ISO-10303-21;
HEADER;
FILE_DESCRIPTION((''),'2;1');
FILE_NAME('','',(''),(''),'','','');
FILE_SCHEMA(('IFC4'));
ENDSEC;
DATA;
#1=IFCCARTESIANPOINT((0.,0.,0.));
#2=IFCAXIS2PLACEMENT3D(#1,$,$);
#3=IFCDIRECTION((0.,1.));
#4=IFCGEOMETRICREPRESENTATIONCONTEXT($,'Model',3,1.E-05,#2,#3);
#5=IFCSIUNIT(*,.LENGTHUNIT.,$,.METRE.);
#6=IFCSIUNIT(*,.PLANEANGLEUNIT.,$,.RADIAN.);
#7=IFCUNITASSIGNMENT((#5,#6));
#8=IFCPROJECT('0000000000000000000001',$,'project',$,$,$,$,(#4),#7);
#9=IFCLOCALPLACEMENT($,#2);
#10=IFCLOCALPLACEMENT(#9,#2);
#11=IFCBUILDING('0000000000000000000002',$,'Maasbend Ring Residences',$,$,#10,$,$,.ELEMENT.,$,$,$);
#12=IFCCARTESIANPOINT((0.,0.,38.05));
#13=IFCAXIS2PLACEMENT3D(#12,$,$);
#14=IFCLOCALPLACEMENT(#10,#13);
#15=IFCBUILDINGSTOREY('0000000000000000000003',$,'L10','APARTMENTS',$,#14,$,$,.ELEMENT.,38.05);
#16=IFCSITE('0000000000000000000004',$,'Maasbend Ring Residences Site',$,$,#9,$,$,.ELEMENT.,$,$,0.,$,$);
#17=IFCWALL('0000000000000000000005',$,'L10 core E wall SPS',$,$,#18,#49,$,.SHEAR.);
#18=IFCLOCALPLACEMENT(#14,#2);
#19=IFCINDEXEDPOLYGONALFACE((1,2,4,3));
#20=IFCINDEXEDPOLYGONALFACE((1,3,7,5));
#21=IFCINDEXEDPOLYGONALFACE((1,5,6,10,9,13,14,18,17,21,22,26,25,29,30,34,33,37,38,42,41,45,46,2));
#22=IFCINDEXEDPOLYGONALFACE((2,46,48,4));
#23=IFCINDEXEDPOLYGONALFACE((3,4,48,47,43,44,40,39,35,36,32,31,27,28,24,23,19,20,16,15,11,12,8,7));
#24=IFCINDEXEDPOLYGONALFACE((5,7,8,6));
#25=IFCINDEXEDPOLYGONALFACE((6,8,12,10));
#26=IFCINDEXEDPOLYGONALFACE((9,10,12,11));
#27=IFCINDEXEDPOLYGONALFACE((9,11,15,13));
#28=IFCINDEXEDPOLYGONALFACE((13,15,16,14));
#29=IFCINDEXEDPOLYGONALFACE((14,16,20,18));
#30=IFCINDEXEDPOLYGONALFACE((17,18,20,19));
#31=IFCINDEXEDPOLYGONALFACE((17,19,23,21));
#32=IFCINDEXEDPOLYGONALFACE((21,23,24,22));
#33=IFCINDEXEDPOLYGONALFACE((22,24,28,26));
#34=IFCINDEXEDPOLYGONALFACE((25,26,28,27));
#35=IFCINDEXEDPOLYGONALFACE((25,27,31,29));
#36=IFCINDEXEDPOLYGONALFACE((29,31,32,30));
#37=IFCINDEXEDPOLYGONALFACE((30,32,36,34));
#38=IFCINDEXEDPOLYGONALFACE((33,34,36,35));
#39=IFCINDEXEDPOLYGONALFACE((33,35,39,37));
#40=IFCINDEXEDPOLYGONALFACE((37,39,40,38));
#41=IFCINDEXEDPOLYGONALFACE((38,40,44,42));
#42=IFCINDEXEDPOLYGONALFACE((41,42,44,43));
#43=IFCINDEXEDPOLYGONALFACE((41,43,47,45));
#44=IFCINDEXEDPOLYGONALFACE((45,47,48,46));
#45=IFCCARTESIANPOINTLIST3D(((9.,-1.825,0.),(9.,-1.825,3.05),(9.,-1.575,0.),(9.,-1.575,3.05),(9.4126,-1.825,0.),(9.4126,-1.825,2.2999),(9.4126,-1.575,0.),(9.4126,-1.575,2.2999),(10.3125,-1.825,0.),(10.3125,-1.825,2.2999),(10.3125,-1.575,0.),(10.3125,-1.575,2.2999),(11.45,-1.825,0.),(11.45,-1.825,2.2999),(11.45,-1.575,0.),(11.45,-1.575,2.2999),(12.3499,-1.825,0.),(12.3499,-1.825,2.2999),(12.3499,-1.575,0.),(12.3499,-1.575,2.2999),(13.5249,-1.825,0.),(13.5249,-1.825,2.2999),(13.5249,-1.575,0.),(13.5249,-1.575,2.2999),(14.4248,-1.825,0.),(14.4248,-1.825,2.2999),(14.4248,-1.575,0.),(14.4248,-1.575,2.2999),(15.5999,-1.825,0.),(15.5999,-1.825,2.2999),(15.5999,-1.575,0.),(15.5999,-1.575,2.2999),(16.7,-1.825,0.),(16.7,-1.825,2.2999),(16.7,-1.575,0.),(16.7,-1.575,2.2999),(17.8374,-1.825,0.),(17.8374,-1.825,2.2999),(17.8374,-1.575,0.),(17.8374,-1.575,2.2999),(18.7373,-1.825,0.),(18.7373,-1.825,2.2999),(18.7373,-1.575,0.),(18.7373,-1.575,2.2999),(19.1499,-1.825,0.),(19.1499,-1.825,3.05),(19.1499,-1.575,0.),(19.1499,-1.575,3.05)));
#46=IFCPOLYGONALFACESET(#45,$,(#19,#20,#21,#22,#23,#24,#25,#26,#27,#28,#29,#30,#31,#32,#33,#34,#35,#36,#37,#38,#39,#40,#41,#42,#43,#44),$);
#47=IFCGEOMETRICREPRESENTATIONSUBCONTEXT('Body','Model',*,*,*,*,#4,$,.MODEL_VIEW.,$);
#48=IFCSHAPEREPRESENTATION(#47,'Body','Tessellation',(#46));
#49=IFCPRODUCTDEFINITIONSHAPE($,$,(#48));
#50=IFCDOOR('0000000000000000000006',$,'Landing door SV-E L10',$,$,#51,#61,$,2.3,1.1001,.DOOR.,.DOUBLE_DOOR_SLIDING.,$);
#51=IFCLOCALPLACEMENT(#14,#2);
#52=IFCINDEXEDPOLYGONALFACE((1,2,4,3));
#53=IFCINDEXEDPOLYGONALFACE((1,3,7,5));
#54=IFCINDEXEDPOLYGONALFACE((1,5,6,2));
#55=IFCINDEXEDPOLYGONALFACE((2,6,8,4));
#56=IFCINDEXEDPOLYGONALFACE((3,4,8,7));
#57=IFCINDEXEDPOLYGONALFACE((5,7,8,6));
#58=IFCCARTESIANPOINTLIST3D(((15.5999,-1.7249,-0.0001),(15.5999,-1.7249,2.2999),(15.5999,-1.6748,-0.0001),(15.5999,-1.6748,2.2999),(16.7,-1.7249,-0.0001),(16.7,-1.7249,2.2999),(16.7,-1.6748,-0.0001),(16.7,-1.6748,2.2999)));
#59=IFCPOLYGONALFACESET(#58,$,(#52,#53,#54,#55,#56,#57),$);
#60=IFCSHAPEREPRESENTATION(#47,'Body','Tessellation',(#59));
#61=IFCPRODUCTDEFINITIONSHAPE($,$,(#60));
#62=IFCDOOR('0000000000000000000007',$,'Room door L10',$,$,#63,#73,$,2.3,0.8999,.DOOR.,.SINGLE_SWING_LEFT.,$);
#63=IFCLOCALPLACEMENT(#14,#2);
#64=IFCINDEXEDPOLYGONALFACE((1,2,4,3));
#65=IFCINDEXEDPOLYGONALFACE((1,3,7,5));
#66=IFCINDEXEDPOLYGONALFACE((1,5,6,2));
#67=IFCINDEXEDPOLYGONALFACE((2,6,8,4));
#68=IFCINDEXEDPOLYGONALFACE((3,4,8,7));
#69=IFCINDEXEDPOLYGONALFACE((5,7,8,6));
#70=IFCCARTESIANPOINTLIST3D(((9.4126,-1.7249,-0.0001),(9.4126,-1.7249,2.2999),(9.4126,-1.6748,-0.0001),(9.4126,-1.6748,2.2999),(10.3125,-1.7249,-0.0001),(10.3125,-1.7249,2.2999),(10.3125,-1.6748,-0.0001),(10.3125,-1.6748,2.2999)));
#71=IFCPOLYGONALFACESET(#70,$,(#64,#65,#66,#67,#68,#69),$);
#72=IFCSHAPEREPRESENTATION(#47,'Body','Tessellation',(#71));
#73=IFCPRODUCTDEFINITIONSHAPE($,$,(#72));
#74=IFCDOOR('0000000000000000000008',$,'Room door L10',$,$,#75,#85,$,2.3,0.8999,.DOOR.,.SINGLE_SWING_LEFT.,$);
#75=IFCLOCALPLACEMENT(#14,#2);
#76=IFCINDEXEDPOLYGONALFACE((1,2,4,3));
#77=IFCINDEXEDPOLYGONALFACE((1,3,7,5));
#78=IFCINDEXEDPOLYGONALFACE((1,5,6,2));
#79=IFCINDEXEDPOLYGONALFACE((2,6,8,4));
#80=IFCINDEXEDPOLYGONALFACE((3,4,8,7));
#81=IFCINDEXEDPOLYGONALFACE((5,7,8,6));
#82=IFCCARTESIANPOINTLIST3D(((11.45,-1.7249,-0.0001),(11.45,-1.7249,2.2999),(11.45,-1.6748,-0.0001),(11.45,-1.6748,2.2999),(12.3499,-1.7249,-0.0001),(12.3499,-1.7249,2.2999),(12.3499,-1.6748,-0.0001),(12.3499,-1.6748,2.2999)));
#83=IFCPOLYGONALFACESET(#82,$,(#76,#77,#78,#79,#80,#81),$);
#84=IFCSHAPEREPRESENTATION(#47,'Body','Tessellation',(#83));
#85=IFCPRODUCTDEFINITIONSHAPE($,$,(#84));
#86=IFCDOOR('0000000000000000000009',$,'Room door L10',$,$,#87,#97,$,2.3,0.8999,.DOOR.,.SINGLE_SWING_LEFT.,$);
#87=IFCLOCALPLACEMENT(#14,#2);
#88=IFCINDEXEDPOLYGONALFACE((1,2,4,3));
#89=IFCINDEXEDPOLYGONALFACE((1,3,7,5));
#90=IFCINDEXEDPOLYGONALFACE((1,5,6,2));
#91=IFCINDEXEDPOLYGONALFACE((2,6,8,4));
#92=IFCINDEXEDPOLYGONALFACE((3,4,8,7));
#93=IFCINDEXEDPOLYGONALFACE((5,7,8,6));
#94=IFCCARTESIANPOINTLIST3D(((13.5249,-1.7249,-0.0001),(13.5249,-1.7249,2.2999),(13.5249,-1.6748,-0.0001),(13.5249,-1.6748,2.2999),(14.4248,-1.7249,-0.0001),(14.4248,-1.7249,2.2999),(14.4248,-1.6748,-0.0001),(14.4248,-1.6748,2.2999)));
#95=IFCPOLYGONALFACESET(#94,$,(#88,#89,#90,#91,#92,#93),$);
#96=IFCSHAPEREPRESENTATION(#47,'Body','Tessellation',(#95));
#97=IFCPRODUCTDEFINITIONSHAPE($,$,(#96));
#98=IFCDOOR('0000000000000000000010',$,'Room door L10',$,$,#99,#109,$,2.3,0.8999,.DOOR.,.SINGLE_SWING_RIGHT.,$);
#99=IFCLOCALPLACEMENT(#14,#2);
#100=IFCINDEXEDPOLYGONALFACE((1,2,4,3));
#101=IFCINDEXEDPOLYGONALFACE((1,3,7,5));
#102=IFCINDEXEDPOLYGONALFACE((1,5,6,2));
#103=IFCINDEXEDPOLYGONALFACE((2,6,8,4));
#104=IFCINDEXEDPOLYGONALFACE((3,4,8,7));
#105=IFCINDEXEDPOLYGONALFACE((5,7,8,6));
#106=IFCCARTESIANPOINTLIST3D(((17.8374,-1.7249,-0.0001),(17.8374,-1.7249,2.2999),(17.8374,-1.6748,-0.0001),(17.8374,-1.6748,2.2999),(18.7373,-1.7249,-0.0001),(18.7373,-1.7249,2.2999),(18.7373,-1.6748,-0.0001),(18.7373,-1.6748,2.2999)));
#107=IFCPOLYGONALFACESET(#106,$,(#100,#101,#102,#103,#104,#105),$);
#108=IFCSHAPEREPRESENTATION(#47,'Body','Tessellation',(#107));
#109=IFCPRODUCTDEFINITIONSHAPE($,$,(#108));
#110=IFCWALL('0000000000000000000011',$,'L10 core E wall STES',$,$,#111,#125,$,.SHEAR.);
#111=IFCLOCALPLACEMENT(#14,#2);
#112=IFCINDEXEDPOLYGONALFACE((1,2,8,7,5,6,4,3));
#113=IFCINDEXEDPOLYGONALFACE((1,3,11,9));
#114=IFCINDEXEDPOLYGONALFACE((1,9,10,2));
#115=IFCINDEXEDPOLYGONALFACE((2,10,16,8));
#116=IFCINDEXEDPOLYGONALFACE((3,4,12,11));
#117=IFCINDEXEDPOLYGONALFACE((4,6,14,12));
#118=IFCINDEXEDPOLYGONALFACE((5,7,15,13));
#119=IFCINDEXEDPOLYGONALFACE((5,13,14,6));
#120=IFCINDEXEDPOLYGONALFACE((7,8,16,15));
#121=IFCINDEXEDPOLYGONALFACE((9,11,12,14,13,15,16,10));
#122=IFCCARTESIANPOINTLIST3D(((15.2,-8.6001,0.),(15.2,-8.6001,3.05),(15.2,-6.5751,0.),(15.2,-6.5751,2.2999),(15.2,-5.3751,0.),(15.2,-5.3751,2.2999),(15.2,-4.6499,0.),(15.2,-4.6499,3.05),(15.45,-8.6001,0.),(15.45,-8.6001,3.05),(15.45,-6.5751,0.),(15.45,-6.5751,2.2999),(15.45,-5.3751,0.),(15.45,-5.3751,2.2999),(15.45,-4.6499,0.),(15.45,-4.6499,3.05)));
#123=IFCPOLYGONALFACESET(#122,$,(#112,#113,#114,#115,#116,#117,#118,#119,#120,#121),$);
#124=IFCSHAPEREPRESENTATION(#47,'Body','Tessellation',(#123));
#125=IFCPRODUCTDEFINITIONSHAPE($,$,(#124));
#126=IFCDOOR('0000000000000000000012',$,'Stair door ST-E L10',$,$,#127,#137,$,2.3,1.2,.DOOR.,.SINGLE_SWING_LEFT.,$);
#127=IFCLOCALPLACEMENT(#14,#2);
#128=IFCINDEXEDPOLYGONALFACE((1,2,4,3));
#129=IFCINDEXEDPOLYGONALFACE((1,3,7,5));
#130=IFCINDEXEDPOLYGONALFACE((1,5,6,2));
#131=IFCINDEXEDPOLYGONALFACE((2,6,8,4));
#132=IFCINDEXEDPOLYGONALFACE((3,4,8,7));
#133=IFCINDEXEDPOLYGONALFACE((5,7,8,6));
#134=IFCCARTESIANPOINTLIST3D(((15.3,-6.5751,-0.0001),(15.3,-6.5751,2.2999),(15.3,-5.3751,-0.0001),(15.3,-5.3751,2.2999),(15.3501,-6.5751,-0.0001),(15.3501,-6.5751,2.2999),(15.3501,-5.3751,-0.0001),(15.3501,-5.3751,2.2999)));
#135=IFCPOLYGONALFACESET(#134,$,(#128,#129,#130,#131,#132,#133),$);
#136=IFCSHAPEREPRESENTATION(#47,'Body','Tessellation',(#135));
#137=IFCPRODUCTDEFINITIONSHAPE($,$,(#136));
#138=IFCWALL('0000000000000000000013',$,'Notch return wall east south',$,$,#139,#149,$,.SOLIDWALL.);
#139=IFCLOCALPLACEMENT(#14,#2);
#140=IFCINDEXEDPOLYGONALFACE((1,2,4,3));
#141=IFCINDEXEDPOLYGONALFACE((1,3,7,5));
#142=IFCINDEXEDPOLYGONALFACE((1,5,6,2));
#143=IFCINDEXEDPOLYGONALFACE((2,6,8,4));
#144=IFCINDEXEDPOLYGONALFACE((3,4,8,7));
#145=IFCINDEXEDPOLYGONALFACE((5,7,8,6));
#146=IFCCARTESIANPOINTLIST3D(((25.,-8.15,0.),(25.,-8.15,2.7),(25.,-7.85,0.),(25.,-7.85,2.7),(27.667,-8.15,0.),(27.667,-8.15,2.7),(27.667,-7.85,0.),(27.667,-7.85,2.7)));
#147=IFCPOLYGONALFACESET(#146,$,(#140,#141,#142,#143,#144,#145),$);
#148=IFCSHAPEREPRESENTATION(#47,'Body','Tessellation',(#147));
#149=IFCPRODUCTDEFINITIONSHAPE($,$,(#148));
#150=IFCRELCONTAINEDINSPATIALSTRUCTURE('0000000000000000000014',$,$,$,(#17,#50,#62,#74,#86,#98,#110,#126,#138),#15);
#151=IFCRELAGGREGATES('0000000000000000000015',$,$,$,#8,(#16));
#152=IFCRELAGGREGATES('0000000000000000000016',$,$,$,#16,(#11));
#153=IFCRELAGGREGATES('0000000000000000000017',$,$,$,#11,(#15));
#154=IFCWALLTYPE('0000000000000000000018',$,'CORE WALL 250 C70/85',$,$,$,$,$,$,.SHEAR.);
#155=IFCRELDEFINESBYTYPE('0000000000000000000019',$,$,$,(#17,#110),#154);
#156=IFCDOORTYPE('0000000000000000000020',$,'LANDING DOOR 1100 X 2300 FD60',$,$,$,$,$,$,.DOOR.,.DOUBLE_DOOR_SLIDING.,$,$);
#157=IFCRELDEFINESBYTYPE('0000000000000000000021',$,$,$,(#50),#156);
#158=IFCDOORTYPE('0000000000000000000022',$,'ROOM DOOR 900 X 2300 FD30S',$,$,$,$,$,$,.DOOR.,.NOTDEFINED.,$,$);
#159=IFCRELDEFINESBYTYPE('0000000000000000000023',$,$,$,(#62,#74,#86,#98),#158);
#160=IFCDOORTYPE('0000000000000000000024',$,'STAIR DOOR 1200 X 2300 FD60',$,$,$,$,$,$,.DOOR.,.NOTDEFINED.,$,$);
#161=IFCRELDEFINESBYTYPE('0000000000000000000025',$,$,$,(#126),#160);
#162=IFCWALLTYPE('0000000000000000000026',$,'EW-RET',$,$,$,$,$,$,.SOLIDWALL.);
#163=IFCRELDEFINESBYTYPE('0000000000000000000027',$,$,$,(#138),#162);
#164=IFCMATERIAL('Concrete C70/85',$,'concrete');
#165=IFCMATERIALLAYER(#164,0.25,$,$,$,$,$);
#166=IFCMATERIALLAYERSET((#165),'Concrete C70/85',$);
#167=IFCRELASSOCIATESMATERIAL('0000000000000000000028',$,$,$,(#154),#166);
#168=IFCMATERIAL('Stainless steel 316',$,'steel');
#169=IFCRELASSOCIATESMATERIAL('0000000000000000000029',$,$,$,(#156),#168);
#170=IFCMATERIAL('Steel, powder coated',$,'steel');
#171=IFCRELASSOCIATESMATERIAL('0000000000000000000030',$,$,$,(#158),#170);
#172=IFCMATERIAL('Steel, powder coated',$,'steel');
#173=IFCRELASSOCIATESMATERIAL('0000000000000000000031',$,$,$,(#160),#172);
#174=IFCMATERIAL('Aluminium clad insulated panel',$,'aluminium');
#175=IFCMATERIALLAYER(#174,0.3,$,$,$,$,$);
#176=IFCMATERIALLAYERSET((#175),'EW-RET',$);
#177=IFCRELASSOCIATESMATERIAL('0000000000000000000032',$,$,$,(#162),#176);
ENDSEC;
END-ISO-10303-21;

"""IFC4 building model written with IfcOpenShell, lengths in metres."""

from ifc_helpers import new_model, si_unit, direction, frame, frame_2d, origin, place, context, subcontext, project, spatial, rectangle, extrude, material, layer, layer_set, type_object, element, fill, save


model = new_model("IFC4")

# Units and contexts
model_context = context("Model", 3, precision=1e-05, world=origin(), true_north=direction((0.0, 1.0)))
body_context = subcontext(model_context, "Body", "Model", "MODEL_VIEW")
ifc_project = project(units=[si_unit("LENGTHUNIT", "METRE"), si_unit("PLANEANGLEUNIT", "RADIAN")], contexts=[model_context])

# Site, building, storey
site_placement = place(None, origin())
site = spatial("IfcSite", under=ifc_project, at=site_placement, Name="Maasbend Ring Residences Site", CompositionType="ELEMENT", RefElevation=0.0)
building_placement = place(site_placement, origin())
building = spatial("IfcBuilding", under=site, at=building_placement, Name="Maasbend Ring Residences", CompositionType="ELEMENT")
storey_placement = place(building_placement, frame((0.0, 0.0, 38.05)))
storey = spatial("IfcBuildingStorey", under=building, at=storey_placement, Name="L10", Description="APARTMENTS", CompositionType="ELEMENT", Elevation=38.05)

# Wall, openings, doors
ifc_material_1 = material(Name="Concrete C70/85", Category="concrete")
ifc_layer_1 = layer(ifc_material_1, 0.25)
ifc_layer_set_1 = layer_set([ifc_layer_1], Name="Concrete C70/85")
wall_type_1 = type_object("IfcWallType", Name="CORE WALL 250 C70/85", PredefinedType="SHEAR", material=ifc_layer_set_1)
wall_1_placement = place(storey_placement, frame((19.1499, -1.7, 0.0), z_axis=(0.0, 0.0, 1.0), x_axis=(-1.0, 0.0, 0.0)))
wall_1 = element("IfcWall", 1, at=wall_1_placement, inside=storey, type_object=wall_type_1, Name="L10 core E wall SPS", PredefinedType="SHEAR", context=body_context, shape_type="SweptSolid", body=[
    extrude(rectangle(XDim=10.1499, YDim=0.25, at=frame_2d((5.075, 0.0))), origin(), (0.0, 0.0, 1.0), 3.05),
])
opening_1_placement = place(wall_1_placement, frame((2.45, 0.0, 0.0)))
opening_1 = element("IfcOpeningElement", 2, at=opening_1_placement, cuts=wall_1, PredefinedType="OPENING", context=body_context, shape_type="SweptSolid", body=[
    extrude(rectangle(XDim=1.1001, YDim=2.3, at=frame_2d((0.55, 1.1499))), frame((0.0, 0.135, 0.0), z_axis=(0.0, -1.0, 0.0), x_axis=(1.0, 0.0, 0.0)), (0.0, 0.0, 1.0), 0.27),
])
opening_2_placement = place(wall_1_placement, frame((8.8374, 0.0, 0.0)))
opening_2 = element("IfcOpeningElement", 3, at=opening_2_placement, cuts=wall_1, PredefinedType="OPENING", context=body_context, shape_type="SweptSolid", body=[
    extrude(rectangle(XDim=0.8999, YDim=2.3, at=frame_2d((0.45, 1.1499))), frame((0.0, 0.135, 0.0), z_axis=(0.0, -1.0, 0.0), x_axis=(1.0, 0.0, 0.0)), (0.0, 0.0, 1.0), 0.27),
])
opening_3_placement = place(wall_1_placement, frame((6.8, 0.0, 0.0)))
opening_3 = element("IfcOpeningElement", 4, at=opening_3_placement, cuts=wall_1, PredefinedType="OPENING", context=body_context, shape_type="SweptSolid", body=[
    extrude(rectangle(XDim=0.8999, YDim=2.3, at=frame_2d((0.45, 1.1499))), frame((0.0, 0.135, 0.0), z_axis=(0.0, -1.0, 0.0), x_axis=(1.0, 0.0, 0.0)), (0.0, 0.0, 1.0), 0.27),
])
opening_4_placement = place(wall_1_placement, frame((4.7251, 0.0, 0.0)))
opening_4 = element("IfcOpeningElement", 5, at=opening_4_placement, cuts=wall_1, PredefinedType="OPENING", context=body_context, shape_type="SweptSolid", body=[
    extrude(rectangle(XDim=0.8999, YDim=2.3, at=frame_2d((0.45, 1.1499))), frame((0.0, 0.135, 0.0), z_axis=(0.0, -1.0, 0.0), x_axis=(1.0, 0.0, 0.0)), (0.0, 0.0, 1.0), 0.27),
])
opening_5_placement = place(wall_1_placement, frame((0.4126, 0.0, 0.0)))
opening_5 = element("IfcOpeningElement", 6, at=opening_5_placement, cuts=wall_1, PredefinedType="OPENING", context=body_context, shape_type="SweptSolid", body=[
    extrude(rectangle(XDim=0.8999, YDim=2.3, at=frame_2d((0.45, 1.1499))), frame((0.0, 0.135, 0.0), z_axis=(0.0, -1.0, 0.0), x_axis=(1.0, 0.0, 0.0)), (0.0, 0.0, 1.0), 0.27),
])
ifc_material_2 = material(Name="Stainless steel 316", Category="steel")
door_type_1 = type_object("IfcDoorType", Name="LANDING DOOR 1100 X 2300 FD60", OperationType="DOUBLE_DOOR_SLIDING", PredefinedType="DOOR", material=ifc_material_2)
door_1_placement = place(opening_1_placement, origin())
door_1 = element("IfcDoor", 7, at=door_1_placement, inside=storey, type_object=door_type_1, Name="Landing door SV-E L10", OperationType="DOUBLE_DOOR_SLIDING", OverallHeight=2.3, OverallWidth=1.1001, PredefinedType="DOOR", context=body_context, shape_type="SweptSolid", body=[
    extrude(rectangle(XDim=1.1001, YDim=2.3, at=frame_2d((0.55, 1.1499))), frame((0.0, 0.0249, 0.0), z_axis=(0.0, -1.0, 0.0), x_axis=(1.0, 0.0, 0.0)), (0.0, 0.0, 1.0), 0.05),
])
fill(opening_1, door_1)
ifc_material_3 = material(Name="Steel, powder coated", Category="steel")
door_type_2 = type_object("IfcDoorType", Name="ROOM DOOR 900 X 2300 FD30S", OperationType="NOTDEFINED", PredefinedType="DOOR", material=ifc_material_3)
door_2_placement = place(opening_2_placement, origin())
door_2 = element("IfcDoor", 8, at=door_2_placement, inside=storey, type_object=door_type_2, Name="Room door L10", OperationType="SINGLE_SWING_LEFT", OverallHeight=2.3, OverallWidth=0.8999, PredefinedType="DOOR", context=body_context, shape_type="SweptSolid", body=[
    extrude(rectangle(XDim=0.8999, YDim=2.3, at=frame_2d((0.45, 1.1499))), frame((0.0, 0.0249, 0.0), z_axis=(0.0, -1.0, 0.0), x_axis=(1.0, 0.0, 0.0)), (0.0, 0.0, 1.0), 0.05),
])
fill(opening_2, door_2)
door_3_placement = place(opening_3_placement, origin())
door_3 = element("IfcDoor", 9, at=door_3_placement, inside=storey, type_object=door_type_2, Name="Room door L10", OperationType="SINGLE_SWING_LEFT", OverallHeight=2.3, OverallWidth=0.8999, PredefinedType="DOOR", context=body_context, shape_type="SweptSolid", body=[
    extrude(rectangle(XDim=0.8999, YDim=2.3, at=frame_2d((0.45, 1.1499))), frame((0.0, 0.0249, 0.0), z_axis=(0.0, -1.0, 0.0), x_axis=(1.0, 0.0, 0.0)), (0.0, 0.0, 1.0), 0.05),
])
fill(opening_3, door_3)
door_4_placement = place(opening_4_placement, origin())
door_4 = element("IfcDoor", 10, at=door_4_placement, inside=storey, type_object=door_type_2, Name="Room door L10", OperationType="SINGLE_SWING_LEFT", OverallHeight=2.3, OverallWidth=0.8999, PredefinedType="DOOR", context=body_context, shape_type="SweptSolid", body=[
    extrude(rectangle(XDim=0.8999, YDim=2.3, at=frame_2d((0.45, 1.1499))), frame((0.0, 0.0249, 0.0), z_axis=(0.0, -1.0, 0.0), x_axis=(1.0, 0.0, 0.0)), (0.0, 0.0, 1.0), 0.05),
])
fill(opening_4, door_4)
door_5_placement = place(opening_5_placement, origin())
door_5 = element("IfcDoor", 11, at=door_5_placement, inside=storey, type_object=door_type_2, Name="Room door L10", OperationType="SINGLE_SWING_RIGHT", OverallHeight=2.3, OverallWidth=0.8999, PredefinedType="DOOR", context=body_context, shape_type="SweptSolid", body=[
    extrude(rectangle(XDim=0.8999, YDim=2.3, at=frame_2d((0.45, 1.1499))), frame((0.0, 0.0249, 0.0), z_axis=(0.0, -1.0, 0.0), x_axis=(1.0, 0.0, 0.0)), (0.0, 0.0, 1.0), 0.05),
])
fill(opening_5, door_5)

# Wall, opening, door
wall_2_placement = place(storey_placement, frame((15.325, -8.6001, 0.0), z_axis=(0.0, 0.0, 1.0), x_axis=(0.0, 1.0, 0.0)))
wall_2 = element("IfcWall", 12, at=wall_2_placement, inside=storey, type_object=wall_type_1, Name="L10 core E wall STES", PredefinedType="SHEAR", context=body_context, shape_type="SweptSolid", body=[
    extrude(rectangle(XDim=3.9502, YDim=0.25, at=frame_2d((1.9751, 0.0))), origin(), (0.0, 0.0, 1.0), 3.05),
])
opening_6_placement = place(wall_2_placement, frame((2.0249, 0.0, 0.0)))
opening_6 = element("IfcOpeningElement", 13, at=opening_6_placement, cuts=wall_2, PredefinedType="OPENING", context=body_context, shape_type="SweptSolid", body=[
    extrude(rectangle(XDim=1.2, YDim=2.3, at=frame_2d((0.6001, 1.1499))), frame((0.0, 0.135, 0.0), z_axis=(0.0, -1.0, 0.0), x_axis=(1.0, 0.0, 0.0)), (0.0, 0.0, 1.0), 0.27),
])
ifc_material_4 = material(Name="Steel, powder coated", Category="steel")
door_type_3 = type_object("IfcDoorType", Name="STAIR DOOR 1200 X 2300 FD60", OperationType="NOTDEFINED", PredefinedType="DOOR", material=ifc_material_4)
door_6_placement = place(opening_6_placement, origin())
door_6 = element("IfcDoor", 14, at=door_6_placement, inside=storey, type_object=door_type_3, Name="Stair door ST-E L10", OperationType="SINGLE_SWING_LEFT", OverallHeight=2.3, OverallWidth=1.2, PredefinedType="DOOR", context=body_context, shape_type="SweptSolid", body=[
    extrude(rectangle(XDim=1.2, YDim=2.3, at=frame_2d((0.6001, 1.1499))), frame((0.0, 0.0249, 0.0), z_axis=(0.0, -1.0, 0.0), x_axis=(1.0, 0.0, 0.0)), (0.0, 0.0, 1.0), 0.05),
])
fill(opening_6, door_6)

# Wall
ifc_material_5 = material(Name="Aluminium clad insulated panel", Category="aluminium")
ifc_layer_2 = layer(ifc_material_5, 0.3)
ifc_layer_set_2 = layer_set([ifc_layer_2], Name="EW-RET")
wall_type_2 = type_object("IfcWallType", Name="EW-RET", PredefinedType="SOLIDWALL", material=ifc_layer_set_2)
wall_3_placement = place(storey_placement, frame((25.0, -8.0, 0.0), z_axis=(0.0, 0.0, 1.0), x_axis=(1.0, 0.0, 0.0)))
element("IfcWall", 15, at=wall_3_placement, inside=storey, type_object=wall_type_2, Name="Notch return wall east south", PredefinedType="SOLIDWALL", context=body_context, shape_type="SweptSolid", body=[
    extrude(rectangle(XDim=2.667, YDim=0.3, at=frame_2d((1.3335, 0.0))), origin(), (0.0, 0.0, 1.0), 2.7),
])

save(model, "model.ifc")
